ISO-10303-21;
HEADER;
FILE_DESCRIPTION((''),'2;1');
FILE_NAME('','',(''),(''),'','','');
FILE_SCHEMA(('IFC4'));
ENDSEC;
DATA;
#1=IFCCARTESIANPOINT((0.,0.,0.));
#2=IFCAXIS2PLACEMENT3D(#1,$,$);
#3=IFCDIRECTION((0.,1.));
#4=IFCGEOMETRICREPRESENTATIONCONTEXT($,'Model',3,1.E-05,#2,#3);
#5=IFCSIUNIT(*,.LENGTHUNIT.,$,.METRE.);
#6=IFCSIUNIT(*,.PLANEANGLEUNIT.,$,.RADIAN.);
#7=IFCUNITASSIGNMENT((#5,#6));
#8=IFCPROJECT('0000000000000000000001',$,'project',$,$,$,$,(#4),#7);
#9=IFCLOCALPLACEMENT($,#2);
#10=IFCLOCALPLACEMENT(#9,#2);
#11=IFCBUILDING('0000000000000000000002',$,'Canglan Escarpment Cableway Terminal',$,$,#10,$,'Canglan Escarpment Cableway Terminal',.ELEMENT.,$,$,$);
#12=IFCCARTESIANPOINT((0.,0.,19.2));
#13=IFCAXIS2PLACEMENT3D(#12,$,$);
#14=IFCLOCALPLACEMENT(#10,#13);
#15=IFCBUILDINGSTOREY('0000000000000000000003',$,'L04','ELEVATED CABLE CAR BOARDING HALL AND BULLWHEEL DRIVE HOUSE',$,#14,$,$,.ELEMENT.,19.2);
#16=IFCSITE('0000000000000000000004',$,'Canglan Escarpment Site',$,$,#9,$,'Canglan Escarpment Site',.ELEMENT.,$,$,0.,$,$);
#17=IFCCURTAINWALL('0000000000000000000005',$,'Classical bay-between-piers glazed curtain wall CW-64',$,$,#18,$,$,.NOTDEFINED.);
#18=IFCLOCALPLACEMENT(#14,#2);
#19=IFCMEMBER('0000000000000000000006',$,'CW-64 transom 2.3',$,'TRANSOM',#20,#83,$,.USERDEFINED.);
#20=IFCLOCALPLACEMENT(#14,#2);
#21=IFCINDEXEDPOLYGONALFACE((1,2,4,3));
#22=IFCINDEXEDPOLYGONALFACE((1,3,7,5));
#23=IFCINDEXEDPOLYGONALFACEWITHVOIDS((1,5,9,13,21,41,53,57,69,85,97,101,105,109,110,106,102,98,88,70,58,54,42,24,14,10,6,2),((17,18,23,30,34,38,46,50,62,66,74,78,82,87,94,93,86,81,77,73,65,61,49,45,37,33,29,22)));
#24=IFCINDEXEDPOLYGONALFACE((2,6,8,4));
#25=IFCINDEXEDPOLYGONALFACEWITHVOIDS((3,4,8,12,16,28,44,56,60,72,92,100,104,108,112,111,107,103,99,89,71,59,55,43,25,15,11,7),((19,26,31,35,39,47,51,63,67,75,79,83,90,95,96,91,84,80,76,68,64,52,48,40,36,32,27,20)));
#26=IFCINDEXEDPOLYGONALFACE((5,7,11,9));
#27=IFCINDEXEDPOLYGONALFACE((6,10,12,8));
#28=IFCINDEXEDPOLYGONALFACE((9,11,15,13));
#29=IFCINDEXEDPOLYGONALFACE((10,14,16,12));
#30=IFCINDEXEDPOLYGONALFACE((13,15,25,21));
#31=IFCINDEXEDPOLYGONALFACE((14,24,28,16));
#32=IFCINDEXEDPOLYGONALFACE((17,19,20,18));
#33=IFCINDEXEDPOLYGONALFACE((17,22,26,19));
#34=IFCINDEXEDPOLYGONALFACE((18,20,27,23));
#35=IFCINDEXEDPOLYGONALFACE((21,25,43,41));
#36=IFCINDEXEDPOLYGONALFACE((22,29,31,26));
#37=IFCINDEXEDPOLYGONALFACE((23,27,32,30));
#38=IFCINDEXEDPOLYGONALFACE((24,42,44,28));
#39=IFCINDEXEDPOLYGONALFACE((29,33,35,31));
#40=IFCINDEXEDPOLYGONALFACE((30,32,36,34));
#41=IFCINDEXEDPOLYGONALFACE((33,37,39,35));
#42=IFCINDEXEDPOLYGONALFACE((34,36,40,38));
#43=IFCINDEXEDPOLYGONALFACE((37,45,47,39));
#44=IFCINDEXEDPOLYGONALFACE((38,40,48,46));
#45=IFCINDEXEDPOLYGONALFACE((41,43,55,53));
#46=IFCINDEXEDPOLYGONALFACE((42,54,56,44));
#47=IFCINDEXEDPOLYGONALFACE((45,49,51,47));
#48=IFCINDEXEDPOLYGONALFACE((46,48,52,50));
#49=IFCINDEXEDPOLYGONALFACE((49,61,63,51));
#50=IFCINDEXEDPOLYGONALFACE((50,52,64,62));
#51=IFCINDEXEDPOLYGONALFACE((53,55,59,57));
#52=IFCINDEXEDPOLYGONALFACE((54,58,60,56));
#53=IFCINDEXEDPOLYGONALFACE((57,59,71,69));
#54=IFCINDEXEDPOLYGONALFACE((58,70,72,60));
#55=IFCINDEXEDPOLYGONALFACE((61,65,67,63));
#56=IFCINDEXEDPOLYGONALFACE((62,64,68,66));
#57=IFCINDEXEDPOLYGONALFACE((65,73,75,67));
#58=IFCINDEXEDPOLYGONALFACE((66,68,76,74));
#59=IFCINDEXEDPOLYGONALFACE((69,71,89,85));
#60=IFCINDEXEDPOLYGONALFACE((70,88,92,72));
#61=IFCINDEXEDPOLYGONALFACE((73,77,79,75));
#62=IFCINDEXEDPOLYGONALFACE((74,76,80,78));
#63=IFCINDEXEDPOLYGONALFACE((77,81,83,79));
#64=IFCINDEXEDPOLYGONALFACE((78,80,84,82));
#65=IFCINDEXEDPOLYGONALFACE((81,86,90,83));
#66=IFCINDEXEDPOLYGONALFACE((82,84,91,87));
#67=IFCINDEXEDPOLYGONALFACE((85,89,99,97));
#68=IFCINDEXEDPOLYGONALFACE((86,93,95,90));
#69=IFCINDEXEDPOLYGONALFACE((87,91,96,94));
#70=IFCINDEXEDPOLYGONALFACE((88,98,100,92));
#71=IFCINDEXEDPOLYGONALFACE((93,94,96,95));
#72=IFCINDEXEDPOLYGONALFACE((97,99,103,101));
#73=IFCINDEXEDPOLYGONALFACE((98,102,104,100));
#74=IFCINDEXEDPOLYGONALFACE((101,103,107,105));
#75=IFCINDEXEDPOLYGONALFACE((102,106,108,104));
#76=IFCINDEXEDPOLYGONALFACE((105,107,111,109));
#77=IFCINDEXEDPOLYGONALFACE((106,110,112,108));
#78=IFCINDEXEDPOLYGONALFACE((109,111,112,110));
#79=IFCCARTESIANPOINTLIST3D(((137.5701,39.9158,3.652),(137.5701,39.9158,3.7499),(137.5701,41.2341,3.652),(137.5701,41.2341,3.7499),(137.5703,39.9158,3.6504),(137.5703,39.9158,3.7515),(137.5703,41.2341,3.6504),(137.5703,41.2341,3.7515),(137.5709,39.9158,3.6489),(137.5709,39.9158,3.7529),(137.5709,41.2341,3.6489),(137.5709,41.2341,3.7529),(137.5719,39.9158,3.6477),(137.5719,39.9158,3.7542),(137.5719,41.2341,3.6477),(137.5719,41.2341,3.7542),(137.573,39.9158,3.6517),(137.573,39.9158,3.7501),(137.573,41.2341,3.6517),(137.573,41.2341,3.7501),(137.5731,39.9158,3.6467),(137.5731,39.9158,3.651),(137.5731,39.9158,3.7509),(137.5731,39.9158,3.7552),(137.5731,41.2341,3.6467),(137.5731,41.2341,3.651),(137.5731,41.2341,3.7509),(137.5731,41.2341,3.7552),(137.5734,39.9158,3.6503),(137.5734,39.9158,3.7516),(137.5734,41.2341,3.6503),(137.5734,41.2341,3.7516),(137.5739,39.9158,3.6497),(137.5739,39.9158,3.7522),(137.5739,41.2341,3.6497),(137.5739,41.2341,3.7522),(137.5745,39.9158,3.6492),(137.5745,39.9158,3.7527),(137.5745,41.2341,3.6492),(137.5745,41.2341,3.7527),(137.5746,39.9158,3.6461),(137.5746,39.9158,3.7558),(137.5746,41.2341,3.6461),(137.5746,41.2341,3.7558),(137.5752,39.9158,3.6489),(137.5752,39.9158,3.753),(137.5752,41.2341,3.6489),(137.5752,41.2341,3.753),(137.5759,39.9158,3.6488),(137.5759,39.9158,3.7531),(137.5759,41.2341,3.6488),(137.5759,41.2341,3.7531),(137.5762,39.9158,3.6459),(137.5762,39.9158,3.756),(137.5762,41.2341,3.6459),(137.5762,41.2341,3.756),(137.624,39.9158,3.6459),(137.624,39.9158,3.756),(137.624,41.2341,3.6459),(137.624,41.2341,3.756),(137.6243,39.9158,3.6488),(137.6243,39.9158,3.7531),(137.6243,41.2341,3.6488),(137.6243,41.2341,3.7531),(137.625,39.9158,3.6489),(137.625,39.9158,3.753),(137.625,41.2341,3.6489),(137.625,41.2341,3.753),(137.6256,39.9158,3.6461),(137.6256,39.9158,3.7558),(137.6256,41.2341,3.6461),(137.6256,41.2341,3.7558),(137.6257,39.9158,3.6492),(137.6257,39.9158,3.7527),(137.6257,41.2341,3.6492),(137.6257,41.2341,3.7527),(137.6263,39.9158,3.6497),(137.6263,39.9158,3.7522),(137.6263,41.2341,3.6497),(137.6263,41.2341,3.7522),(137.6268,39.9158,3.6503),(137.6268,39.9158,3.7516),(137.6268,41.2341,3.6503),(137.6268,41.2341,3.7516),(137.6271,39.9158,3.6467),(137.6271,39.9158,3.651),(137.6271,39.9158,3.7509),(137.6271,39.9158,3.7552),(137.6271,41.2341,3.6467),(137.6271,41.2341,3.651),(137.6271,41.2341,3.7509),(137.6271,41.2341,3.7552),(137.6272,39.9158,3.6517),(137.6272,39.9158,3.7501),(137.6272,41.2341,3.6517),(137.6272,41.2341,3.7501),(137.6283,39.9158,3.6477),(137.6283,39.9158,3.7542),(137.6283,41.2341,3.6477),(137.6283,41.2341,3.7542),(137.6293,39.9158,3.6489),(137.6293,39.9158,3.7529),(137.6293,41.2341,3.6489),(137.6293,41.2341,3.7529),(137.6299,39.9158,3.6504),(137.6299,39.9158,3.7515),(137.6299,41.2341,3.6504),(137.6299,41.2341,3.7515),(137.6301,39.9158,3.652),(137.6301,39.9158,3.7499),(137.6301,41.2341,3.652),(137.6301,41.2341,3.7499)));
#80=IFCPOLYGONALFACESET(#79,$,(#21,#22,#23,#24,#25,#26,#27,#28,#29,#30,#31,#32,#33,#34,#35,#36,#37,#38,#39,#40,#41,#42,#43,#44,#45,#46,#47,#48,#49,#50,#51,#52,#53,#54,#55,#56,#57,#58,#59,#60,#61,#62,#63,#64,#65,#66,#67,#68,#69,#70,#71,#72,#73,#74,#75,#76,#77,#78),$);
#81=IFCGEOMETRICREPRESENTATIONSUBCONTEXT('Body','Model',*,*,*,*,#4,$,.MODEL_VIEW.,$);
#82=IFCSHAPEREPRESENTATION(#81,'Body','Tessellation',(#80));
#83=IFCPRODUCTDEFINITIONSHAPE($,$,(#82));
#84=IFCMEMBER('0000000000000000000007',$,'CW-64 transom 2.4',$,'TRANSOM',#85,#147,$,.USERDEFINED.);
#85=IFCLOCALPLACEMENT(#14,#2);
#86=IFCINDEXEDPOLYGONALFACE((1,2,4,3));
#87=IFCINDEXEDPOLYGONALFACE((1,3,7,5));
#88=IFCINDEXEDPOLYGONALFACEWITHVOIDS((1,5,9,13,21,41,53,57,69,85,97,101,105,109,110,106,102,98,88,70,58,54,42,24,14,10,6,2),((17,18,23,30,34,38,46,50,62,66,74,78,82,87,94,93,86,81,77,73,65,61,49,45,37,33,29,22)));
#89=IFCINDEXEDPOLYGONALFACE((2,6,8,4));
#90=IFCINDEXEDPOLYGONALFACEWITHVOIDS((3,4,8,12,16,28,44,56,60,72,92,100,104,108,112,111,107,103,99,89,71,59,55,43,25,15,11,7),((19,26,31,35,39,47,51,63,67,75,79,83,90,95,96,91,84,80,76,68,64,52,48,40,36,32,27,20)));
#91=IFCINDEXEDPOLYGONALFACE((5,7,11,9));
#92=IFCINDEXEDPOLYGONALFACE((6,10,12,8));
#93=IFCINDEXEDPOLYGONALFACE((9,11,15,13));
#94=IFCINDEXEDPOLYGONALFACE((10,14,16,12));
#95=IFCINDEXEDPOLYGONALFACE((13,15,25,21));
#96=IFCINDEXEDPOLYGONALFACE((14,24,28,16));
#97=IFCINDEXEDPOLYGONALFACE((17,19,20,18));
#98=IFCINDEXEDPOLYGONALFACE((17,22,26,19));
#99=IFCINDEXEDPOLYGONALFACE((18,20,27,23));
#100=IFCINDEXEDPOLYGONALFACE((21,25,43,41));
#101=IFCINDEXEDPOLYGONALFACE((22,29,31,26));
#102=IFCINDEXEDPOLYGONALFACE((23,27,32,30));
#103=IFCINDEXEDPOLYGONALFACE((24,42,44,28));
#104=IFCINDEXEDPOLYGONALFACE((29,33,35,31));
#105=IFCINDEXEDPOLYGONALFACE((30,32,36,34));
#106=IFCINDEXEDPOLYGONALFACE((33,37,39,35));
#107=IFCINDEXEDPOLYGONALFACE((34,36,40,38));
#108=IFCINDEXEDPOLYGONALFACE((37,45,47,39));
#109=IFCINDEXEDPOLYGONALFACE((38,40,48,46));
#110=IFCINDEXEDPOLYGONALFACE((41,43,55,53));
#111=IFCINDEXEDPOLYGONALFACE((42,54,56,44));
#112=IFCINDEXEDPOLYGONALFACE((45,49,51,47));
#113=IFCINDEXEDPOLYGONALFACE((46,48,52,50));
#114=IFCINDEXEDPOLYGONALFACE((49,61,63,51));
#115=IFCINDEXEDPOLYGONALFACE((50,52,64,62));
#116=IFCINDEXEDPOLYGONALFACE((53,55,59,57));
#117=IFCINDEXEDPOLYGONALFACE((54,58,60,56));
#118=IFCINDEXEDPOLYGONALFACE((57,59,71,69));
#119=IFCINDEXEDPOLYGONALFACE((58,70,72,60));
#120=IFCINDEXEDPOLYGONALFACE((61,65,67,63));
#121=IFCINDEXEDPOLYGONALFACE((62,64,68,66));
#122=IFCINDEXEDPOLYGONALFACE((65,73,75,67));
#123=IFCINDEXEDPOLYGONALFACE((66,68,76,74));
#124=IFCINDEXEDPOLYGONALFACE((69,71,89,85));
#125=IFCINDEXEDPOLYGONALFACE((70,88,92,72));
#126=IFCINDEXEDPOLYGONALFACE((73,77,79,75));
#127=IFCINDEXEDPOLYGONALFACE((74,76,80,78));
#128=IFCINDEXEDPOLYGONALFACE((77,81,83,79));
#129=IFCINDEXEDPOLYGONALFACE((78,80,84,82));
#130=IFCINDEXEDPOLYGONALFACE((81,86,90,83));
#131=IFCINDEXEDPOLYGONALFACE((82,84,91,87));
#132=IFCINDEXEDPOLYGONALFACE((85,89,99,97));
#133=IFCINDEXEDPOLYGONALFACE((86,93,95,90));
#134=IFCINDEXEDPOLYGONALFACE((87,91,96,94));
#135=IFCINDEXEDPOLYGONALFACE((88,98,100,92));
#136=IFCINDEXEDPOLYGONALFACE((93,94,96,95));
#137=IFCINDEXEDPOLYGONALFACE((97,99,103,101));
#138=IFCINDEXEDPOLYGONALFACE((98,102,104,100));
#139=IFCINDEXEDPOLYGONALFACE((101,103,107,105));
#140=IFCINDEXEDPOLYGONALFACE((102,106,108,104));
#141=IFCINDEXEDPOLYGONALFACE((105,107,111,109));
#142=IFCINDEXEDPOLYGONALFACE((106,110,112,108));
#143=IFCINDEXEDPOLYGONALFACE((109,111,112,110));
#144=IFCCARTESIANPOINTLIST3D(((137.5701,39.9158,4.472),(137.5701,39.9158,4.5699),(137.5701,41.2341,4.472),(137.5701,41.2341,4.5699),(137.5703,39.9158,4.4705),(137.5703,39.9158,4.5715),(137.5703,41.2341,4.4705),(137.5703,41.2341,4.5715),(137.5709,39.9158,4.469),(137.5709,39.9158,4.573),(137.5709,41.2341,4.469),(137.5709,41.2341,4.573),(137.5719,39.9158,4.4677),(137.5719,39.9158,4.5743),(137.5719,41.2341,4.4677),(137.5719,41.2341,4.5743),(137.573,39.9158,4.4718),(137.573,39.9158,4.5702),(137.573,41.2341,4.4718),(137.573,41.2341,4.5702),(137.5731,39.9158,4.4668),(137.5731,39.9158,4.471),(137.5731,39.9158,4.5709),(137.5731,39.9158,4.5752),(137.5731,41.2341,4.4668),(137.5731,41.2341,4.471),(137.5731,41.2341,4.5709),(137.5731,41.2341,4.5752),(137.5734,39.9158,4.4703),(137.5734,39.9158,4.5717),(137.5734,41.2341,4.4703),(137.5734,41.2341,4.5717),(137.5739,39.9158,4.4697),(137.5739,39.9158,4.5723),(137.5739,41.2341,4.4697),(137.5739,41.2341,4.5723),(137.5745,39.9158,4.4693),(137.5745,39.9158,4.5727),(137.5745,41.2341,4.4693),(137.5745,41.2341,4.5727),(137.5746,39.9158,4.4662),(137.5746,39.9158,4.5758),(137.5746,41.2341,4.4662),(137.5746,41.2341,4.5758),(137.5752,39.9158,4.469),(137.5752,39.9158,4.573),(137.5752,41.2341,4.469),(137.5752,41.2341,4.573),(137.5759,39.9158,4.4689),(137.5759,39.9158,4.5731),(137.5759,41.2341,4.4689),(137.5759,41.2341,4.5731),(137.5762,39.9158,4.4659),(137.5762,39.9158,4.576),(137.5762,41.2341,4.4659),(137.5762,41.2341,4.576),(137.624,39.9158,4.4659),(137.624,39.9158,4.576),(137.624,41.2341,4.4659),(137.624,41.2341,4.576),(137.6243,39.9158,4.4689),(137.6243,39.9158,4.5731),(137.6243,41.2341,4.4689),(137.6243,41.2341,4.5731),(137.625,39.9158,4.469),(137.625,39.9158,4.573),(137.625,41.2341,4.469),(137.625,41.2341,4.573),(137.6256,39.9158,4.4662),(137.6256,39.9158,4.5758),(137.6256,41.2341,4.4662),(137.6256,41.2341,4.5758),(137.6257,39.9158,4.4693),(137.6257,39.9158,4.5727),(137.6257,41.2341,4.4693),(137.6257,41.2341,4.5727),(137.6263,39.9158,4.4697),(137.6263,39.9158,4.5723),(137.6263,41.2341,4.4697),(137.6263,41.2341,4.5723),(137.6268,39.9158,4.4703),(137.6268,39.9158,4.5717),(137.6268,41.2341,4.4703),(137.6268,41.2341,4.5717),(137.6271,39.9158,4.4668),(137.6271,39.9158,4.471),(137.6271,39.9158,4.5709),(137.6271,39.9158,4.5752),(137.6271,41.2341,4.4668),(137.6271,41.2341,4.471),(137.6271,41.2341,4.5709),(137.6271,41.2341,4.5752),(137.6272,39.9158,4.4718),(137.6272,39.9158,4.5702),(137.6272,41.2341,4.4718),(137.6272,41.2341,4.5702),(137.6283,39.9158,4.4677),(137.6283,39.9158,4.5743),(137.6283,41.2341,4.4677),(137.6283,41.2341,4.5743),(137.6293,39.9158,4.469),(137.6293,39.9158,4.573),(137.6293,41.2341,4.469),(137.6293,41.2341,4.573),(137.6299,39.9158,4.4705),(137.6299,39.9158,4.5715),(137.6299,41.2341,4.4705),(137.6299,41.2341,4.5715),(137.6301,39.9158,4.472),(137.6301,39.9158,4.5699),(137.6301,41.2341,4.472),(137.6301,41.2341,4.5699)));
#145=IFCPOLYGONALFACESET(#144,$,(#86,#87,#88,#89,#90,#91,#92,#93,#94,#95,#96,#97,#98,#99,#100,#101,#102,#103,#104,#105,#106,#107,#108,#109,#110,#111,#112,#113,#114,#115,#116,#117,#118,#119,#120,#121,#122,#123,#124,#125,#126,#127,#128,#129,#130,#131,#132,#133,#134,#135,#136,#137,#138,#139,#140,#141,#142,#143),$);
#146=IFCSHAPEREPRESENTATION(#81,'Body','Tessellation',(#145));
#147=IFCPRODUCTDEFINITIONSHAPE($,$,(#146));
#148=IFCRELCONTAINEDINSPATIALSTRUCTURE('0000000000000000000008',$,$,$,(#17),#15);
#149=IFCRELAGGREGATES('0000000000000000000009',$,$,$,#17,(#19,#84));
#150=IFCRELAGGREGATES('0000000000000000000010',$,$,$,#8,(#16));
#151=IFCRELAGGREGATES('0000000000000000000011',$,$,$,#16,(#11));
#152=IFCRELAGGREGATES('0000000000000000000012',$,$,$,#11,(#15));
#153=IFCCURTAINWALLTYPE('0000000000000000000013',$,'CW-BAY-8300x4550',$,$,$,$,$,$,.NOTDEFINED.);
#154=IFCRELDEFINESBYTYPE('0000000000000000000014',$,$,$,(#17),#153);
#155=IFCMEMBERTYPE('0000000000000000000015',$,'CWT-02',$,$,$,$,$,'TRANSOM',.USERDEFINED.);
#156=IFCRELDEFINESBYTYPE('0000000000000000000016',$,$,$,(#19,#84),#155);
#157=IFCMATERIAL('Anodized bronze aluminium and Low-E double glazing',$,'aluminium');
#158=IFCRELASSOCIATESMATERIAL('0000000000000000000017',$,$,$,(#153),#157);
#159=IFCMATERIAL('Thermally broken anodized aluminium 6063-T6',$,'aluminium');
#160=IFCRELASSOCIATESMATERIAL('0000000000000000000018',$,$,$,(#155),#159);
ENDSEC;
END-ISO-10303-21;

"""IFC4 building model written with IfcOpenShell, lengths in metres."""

from ifc_helpers import new_model, si_unit, direction, frame, origin, origin_2d, place, context, subcontext, project, spatial, hollow_rectangle, extrude, material, material_profile, profile_set, type_object, element, aggregate, save


model = new_model("IFC4")

# Units and contexts
model_context = context("Model", 3, precision=1e-05, world=origin(), true_north=direction((0.0, 1.0)))
body_context = subcontext(model_context, "Body", "Model", "MODEL_VIEW")
ifc_project = project(units=[si_unit("LENGTHUNIT", "METRE"), si_unit("PLANEANGLEUNIT", "RADIAN")], contexts=[model_context])

# Site, building, storey
site_placement = place(None, origin())
site = spatial("IfcSite", under=ifc_project, at=site_placement, Name="Canglan Escarpment Site", LongName="Canglan Escarpment Site", CompositionType="ELEMENT", RefElevation=0.0)
building_placement = place(site_placement, origin())
building = spatial("IfcBuilding", under=site, at=building_placement, Name="Canglan Escarpment Cableway Terminal", LongName="Canglan Escarpment Cableway Terminal", CompositionType="ELEMENT")
storey_placement = place(building_placement, frame((0.0, 0.0, 19.2)))
storey = spatial("IfcBuildingStorey", under=building, at=storey_placement, Name="L04", Description="ELEVATED CABLE CAR BOARDING HALL AND BULLWHEEL DRIVE HOUSE", CompositionType="ELEMENT", Elevation=19.2)

# Curtain wall, members
ifc_material_1 = material(Name="Anodized bronze aluminium and Low-E double glazing", Category="aluminium")
curtain_wall_type = type_object("IfcCurtainWallType", Name="CW-BAY-8300x4550", PredefinedType="NOTDEFINED", material=ifc_material_1)
curtain_wall_placement = place(storey_placement, origin())
curtain_wall = element("IfcCurtainWall", 1, at=curtain_wall_placement, inside=storey, type_object=curtain_wall_type, Name="Classical bay-between-piers glazed curtain wall CW-64", PredefinedType="NOTDEFINED")
ifc_material_2 = material(Name="Thermally broken anodized aluminium 6063-T6", Category="aluminium")
ifc_material_profile_1 = material_profile(ifc_material_2, hollow_rectangle(XDim=0.0601, YDim=0.1101, WallThickness=0.0029, InnerFilletRadius=0.0029, OuterFilletRadius=0.0061, at=origin_2d()), Name="ALU-TRAN 60x110x3")
ifc_profile_set_1 = profile_set([ifc_material_profile_1], Name="Thermally broken anodized aluminium 6063-T6")
member_type_1 = type_object("IfcMemberType", Name="CWT-02", ElementType="TRANSOM", PredefinedType="USERDEFINED", material=ifc_profile_set_1)
member_1_placement = place(storey_placement, frame((137.6001, 41.2341, 3.7009), z_axis=(0.0, -1.0, 0.0), x_axis=(1.0, 0.0, 0.0)))
member_1 = element("IfcMember", 2, at=member_1_placement, type_object=member_type_1, Name="CW-64 transom 2.3", ObjectType="TRANSOM", PredefinedType="USERDEFINED", context=body_context, shape_type="SweptSolid", body=[
    extrude(hollow_rectangle(XDim=0.0601, YDim=0.1101, WallThickness=0.0029, InnerFilletRadius=0.0029, OuterFilletRadius=0.0061, at=origin_2d()), origin(), (0.0, 0.0, 1.0), 1.3184),
])
member_2_placement = place(storey_placement, frame((137.6001, 41.2341, 4.521), z_axis=(0.0, -1.0, 0.0), x_axis=(1.0, 0.0, 0.0)))
member_2 = element("IfcMember", 3, at=member_2_placement, type_object=member_type_1, Name="CW-64 transom 2.4", ObjectType="TRANSOM", PredefinedType="USERDEFINED", context=body_context, shape_type="SweptSolid", body=[
    extrude(hollow_rectangle(XDim=0.0601, YDim=0.1101, WallThickness=0.0029, InnerFilletRadius=0.0029, OuterFilletRadius=0.0061, at=origin_2d()), origin(), (0.0, 0.0, 1.0), 1.3184),
])
aggregate(curtain_wall, [member_1, member_2])

save(model, "model.ifc")
